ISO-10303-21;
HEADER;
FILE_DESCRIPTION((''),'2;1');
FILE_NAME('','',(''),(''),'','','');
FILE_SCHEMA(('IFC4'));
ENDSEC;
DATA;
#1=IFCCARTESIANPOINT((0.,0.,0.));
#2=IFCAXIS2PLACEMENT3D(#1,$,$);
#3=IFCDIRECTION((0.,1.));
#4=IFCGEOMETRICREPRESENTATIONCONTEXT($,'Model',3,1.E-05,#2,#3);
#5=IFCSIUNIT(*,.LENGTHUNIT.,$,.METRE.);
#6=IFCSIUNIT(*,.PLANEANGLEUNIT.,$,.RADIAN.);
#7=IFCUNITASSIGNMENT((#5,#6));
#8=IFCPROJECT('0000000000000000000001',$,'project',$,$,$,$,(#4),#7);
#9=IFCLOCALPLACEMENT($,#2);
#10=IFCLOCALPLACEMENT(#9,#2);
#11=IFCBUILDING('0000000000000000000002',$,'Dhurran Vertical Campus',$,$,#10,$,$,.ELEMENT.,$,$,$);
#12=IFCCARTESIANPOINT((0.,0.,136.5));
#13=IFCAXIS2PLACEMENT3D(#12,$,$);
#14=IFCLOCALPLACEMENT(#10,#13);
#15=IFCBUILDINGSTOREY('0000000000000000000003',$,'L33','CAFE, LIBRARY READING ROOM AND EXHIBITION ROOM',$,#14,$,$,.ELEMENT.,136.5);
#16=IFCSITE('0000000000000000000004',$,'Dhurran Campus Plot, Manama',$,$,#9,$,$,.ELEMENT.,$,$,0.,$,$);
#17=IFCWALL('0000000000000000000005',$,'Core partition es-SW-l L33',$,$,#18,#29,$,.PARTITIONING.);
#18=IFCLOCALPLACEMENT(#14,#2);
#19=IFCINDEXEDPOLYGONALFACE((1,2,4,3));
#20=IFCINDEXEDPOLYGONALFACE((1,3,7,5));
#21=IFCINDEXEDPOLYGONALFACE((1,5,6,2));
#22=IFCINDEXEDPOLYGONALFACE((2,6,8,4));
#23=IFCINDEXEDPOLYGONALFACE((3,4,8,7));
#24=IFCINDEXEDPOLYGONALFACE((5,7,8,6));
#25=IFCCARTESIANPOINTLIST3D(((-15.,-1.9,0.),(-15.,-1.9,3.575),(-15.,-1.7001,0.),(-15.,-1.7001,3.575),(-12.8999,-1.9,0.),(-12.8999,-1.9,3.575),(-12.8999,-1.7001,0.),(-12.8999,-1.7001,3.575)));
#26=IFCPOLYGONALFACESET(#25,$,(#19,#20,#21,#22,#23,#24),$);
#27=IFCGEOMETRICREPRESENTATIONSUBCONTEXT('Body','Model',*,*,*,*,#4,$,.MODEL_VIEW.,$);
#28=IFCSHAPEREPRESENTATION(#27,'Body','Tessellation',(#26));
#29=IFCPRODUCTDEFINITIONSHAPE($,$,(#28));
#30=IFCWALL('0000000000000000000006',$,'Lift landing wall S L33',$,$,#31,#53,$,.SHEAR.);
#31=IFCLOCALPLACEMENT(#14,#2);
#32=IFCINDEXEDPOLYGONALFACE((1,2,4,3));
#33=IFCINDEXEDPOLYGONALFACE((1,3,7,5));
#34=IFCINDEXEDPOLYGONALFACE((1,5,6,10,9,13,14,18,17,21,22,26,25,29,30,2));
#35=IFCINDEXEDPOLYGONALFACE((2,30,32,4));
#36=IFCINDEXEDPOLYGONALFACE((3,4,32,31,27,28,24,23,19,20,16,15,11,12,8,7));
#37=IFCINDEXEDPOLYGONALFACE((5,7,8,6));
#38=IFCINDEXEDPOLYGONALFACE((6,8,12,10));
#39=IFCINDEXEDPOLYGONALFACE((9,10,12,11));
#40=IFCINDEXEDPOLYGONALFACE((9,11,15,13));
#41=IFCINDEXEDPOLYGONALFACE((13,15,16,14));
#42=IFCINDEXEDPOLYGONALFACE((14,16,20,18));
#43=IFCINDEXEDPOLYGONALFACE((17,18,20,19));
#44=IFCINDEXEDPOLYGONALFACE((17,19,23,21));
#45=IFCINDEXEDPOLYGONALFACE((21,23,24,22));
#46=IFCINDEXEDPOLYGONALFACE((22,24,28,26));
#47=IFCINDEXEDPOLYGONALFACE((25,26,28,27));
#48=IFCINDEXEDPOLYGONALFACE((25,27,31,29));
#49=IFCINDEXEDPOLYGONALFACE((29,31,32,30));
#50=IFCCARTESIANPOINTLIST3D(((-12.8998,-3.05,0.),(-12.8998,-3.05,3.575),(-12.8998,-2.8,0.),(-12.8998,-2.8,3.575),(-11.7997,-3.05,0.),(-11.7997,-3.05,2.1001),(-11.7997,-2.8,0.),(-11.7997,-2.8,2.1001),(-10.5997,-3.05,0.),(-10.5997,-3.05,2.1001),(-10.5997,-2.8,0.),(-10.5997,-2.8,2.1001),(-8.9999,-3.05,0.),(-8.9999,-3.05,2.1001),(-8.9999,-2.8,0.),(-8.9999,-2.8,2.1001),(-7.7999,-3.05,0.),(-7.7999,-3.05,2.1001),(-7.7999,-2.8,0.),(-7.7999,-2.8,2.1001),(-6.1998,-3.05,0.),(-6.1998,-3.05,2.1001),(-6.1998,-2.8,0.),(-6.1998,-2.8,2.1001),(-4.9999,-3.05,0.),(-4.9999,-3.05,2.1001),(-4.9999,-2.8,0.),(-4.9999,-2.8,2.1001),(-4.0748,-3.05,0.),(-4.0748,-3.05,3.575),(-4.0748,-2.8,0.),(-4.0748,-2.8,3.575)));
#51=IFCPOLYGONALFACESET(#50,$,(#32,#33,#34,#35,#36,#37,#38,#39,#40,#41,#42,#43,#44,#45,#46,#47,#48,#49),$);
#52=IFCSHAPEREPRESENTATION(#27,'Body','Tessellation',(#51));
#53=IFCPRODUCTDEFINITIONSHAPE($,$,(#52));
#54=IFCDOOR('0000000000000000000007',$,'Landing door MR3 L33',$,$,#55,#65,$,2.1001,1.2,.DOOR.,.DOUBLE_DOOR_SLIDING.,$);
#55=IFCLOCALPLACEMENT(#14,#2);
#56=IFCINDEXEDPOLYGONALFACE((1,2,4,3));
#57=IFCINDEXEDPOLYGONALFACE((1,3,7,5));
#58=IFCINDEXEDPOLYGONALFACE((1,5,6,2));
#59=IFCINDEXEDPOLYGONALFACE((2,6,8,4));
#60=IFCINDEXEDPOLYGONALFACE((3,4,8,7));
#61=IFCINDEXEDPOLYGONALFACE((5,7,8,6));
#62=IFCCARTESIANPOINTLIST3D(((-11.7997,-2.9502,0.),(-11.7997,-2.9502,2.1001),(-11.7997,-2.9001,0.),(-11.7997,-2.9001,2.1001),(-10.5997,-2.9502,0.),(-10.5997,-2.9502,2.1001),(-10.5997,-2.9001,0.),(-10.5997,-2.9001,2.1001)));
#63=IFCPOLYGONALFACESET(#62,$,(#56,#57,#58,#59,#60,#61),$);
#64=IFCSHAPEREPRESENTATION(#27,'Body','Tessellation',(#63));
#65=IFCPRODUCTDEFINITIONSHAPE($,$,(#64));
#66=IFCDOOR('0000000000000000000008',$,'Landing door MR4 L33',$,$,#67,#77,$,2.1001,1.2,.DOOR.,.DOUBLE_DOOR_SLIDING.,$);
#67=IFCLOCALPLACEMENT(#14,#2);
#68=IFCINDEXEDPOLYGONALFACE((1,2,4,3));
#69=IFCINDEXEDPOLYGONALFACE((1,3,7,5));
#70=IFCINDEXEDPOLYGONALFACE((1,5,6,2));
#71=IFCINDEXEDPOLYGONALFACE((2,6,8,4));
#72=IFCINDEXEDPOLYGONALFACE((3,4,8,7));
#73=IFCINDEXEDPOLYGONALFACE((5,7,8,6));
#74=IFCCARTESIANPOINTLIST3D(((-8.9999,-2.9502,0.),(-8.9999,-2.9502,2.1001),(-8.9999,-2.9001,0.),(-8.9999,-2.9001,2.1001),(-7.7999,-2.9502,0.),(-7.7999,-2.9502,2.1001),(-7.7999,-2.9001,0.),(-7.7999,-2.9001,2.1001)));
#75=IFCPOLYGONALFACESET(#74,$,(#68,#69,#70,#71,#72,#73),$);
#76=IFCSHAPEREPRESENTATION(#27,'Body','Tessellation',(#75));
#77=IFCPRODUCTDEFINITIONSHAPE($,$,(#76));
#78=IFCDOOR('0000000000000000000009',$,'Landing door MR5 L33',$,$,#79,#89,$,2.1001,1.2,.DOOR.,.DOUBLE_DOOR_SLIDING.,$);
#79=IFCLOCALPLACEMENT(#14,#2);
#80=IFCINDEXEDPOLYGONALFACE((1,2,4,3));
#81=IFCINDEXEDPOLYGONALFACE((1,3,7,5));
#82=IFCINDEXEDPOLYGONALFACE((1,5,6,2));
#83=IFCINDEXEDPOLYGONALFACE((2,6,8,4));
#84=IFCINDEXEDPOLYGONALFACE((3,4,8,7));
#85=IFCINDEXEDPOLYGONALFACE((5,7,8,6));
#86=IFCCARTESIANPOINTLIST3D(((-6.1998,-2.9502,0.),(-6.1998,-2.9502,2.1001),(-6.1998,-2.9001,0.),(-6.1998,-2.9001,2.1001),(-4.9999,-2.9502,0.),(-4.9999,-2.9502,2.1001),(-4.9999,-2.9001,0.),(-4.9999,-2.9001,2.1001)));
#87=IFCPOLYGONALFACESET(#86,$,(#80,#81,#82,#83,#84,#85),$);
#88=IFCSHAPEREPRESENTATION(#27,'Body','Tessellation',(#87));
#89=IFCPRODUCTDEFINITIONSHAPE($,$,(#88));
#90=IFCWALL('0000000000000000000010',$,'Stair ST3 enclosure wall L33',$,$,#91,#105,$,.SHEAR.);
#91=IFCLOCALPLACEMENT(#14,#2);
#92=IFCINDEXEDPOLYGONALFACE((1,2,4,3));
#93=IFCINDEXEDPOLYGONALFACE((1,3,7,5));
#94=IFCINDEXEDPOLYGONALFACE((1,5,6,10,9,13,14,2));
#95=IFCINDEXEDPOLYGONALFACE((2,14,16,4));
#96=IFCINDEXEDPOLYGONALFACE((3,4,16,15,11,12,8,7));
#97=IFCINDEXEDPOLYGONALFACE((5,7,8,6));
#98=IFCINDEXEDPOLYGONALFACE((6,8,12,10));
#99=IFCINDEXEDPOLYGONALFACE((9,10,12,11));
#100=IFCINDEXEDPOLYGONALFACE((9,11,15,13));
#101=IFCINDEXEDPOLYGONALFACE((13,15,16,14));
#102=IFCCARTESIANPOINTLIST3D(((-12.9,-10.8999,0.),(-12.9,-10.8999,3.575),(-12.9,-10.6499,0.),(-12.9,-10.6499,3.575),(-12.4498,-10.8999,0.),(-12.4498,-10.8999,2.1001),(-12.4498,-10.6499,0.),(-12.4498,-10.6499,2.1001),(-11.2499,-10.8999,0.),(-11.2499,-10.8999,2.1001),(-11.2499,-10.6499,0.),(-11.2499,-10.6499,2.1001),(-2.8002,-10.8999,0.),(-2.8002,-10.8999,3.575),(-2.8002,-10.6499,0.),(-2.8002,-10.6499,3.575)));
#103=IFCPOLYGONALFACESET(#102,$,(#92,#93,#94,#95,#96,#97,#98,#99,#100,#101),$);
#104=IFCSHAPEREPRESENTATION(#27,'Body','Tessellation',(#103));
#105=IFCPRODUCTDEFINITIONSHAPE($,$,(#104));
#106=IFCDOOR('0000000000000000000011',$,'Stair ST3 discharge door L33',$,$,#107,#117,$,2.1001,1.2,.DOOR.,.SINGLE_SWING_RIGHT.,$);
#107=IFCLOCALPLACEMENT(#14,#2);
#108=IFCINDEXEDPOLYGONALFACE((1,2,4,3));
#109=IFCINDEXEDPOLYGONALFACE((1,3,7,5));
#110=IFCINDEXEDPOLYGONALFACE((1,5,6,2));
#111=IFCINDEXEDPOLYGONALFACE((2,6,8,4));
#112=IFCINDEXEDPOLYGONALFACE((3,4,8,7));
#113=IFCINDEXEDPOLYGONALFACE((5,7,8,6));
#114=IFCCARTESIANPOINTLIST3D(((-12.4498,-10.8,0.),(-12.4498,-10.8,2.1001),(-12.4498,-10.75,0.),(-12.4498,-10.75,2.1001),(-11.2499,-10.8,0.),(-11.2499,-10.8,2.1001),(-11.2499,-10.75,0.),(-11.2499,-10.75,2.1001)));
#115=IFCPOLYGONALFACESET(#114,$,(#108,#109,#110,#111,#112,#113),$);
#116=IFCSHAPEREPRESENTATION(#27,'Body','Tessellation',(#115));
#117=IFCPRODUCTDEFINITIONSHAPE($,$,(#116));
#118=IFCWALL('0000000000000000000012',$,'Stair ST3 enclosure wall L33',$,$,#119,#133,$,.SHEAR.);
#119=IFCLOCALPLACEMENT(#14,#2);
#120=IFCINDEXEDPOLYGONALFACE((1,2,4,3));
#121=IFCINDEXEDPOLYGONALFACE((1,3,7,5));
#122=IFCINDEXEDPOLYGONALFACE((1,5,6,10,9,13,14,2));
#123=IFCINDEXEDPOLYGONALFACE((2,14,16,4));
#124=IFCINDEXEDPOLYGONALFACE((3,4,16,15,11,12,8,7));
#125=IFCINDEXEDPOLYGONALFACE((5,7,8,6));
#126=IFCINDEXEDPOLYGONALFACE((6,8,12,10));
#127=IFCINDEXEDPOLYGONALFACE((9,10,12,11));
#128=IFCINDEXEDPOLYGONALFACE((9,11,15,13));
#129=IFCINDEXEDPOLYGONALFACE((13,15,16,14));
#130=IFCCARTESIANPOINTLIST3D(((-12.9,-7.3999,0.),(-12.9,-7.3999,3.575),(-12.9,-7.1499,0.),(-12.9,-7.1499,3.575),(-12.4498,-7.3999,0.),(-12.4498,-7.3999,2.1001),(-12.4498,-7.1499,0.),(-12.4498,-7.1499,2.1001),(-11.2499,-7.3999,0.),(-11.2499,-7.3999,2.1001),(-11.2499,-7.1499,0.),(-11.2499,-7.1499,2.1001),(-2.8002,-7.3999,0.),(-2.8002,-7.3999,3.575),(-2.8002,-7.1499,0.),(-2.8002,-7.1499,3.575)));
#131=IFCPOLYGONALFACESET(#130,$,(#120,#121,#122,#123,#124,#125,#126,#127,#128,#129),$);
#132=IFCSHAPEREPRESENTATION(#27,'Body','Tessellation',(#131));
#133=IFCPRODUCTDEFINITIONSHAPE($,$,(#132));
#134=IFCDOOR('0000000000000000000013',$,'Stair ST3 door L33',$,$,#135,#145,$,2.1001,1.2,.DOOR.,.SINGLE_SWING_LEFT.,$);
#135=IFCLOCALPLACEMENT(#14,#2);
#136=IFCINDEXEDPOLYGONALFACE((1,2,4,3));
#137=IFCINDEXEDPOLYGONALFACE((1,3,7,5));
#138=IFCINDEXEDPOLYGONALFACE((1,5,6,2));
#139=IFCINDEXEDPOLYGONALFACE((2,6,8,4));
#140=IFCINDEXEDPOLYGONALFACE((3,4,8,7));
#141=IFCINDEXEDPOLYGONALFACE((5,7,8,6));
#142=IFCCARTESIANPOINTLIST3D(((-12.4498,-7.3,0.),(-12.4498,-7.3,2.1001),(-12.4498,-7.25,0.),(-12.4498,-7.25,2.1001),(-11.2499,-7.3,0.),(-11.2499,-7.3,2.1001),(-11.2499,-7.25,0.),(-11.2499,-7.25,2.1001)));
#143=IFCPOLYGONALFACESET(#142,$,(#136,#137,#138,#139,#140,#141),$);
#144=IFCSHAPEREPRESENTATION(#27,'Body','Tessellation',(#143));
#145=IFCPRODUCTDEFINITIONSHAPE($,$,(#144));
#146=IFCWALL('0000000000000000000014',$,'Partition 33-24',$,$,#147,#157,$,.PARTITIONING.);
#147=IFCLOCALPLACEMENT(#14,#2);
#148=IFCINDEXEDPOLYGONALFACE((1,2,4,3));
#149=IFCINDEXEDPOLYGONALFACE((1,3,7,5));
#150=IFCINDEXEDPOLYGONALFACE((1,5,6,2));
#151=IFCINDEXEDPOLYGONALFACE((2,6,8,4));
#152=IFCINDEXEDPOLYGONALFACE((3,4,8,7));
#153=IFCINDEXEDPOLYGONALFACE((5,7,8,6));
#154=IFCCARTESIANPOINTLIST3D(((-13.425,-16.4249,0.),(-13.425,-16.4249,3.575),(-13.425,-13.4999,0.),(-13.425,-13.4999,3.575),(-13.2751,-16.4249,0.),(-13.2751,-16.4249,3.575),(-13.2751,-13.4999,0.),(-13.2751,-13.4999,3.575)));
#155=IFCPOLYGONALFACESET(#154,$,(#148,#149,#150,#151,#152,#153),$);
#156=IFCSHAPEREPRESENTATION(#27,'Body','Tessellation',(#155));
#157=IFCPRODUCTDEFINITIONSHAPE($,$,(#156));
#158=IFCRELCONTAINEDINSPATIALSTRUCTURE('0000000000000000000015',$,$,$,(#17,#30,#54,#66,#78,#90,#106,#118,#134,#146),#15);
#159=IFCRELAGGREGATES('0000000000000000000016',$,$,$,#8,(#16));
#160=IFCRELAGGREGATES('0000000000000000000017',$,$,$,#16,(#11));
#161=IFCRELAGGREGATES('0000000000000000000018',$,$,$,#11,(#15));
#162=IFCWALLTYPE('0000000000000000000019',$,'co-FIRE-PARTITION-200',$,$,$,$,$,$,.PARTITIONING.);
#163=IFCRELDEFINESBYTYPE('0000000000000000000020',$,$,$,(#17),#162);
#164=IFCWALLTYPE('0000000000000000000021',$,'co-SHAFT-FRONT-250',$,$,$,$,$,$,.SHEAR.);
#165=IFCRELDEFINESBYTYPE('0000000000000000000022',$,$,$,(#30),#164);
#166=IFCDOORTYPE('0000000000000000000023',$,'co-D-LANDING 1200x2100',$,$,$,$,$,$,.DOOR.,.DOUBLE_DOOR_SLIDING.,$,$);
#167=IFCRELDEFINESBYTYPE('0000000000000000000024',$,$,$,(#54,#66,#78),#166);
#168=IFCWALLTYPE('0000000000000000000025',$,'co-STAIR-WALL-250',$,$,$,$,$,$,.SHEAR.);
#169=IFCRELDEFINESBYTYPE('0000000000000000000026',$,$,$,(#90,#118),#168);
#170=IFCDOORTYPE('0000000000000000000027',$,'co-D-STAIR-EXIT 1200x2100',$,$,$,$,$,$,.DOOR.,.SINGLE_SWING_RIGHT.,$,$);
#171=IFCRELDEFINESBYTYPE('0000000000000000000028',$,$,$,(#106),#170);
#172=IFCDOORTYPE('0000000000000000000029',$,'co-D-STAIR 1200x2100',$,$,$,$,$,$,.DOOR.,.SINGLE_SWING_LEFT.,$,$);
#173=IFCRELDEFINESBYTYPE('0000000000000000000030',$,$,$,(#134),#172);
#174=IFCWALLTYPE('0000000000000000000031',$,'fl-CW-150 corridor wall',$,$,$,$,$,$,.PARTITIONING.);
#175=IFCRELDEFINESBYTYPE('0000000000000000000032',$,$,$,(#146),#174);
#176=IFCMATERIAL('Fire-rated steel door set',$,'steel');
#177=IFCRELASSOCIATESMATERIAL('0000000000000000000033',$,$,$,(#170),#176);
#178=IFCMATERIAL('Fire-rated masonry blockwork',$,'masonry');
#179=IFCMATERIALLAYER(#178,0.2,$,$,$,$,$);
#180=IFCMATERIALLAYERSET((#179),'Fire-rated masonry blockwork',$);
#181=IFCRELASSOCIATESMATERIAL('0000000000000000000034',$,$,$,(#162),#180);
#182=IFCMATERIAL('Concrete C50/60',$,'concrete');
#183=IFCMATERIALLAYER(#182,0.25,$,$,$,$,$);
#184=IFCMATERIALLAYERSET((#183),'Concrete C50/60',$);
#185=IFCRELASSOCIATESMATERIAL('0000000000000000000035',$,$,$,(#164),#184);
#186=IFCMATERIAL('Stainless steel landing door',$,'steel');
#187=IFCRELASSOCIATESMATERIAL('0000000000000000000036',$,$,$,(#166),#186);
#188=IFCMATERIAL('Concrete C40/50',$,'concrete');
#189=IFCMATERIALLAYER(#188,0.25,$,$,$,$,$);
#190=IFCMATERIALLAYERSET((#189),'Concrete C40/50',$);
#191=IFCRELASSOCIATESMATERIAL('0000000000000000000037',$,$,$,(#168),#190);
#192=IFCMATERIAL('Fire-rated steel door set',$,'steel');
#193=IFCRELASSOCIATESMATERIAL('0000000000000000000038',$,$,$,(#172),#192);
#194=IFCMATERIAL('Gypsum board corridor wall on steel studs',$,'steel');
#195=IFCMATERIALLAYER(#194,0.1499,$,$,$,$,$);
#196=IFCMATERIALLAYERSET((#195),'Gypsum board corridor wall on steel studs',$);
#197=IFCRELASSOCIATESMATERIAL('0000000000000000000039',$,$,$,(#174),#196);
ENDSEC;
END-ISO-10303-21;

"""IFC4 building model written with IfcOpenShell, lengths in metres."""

from ifc_helpers import new_model, si_unit, direction, frame, frame_2d, origin, place, context, subcontext, project, spatial, rectangle, extrude, material, layer, layer_set, type_object, element, fill, save


model = new_model("IFC4")

# Units and contexts
model_context = context("Model", 3, precision=1e-05, world=origin(), true_north=direction((0.0, 1.0)))
body_context = subcontext(model_context, "Body", "Model", "MODEL_VIEW")
ifc_project = project(units=[si_unit("LENGTHUNIT", "METRE"), si_unit("PLANEANGLEUNIT", "RADIAN")], contexts=[model_context])

# Site, building, storey
site_placement = place(None, origin())
site = spatial("IfcSite", under=ifc_project, at=site_placement, Name="Dhurran Campus Plot, Manama", CompositionType="ELEMENT", RefElevation=0.0)
building_placement = place(site_placement, origin())
building = spatial("IfcBuilding", under=site, at=building_placement, Name="Dhurran Vertical Campus", CompositionType="ELEMENT")
storey_placement = place(building_placement, frame((0.0, 0.0, 136.5)))
storey = spatial("IfcBuildingStorey", under=building, at=storey_placement, Name="L33", Description="CAFE, LIBRARY READING ROOM AND EXHIBITION ROOM", CompositionType="ELEMENT", Elevation=136.5)

# Shared definitions
ifc_material_1 = material(Name="Fire-rated steel door set", Category="steel")
door_type_1 = type_object("IfcDoorType", Name="co-D-STAIR-EXIT 1200x2100", OperationType="SINGLE_SWING_RIGHT", PredefinedType="DOOR", material=ifc_material_1)

# Shared definitions
ifc_material_2 = material(Name="Fire-rated masonry blockwork", Category="masonry")
ifc_layer_1 = layer(ifc_material_2, 0.2)
ifc_layer_set_1 = layer_set([ifc_layer_1], Name="Fire-rated masonry blockwork")
wall_type_1 = type_object("IfcWallType", Name="co-FIRE-PARTITION-200", PredefinedType="PARTITIONING", material=ifc_layer_set_1)

# Wall
wall_1_placement = place(storey_placement, frame((-15.0, -1.8, 0.0), z_axis=(0.0, 0.0, 1.0), x_axis=(1.0, 0.0, 0.0)))
element("IfcWall", 1, at=wall_1_placement, inside=storey, type_object=wall_type_1, Name="Core partition es-SW-l L33", PredefinedType="PARTITIONING", context=body_context, shape_type="SweptSolid", body=[
    extrude(rectangle(XDim=2.1001, YDim=0.2, at=frame_2d((1.05, 0.0))), origin(), (0.0, 0.0, 1.0), 3.575),
])

# Wall, openings, doors
ifc_material_3 = material(Name="Concrete C50/60", Category="concrete")
ifc_layer_2 = layer(ifc_material_3, 0.25)
ifc_layer_set_2 = layer_set([ifc_layer_2], Name="Concrete C50/60")
wall_type_2 = type_object("IfcWallType", Name="co-SHAFT-FRONT-250", PredefinedType="SHEAR", material=ifc_layer_set_2)
wall_2_placement = place(storey_placement, frame((-12.8999, -2.925, 0.0), z_axis=(0.0, 0.0, 1.0), x_axis=(1.0, 0.0, 0.0)))
wall_2 = element("IfcWall", 2, at=wall_2_placement, inside=storey, type_object=wall_type_2, Name="Lift landing wall S L33", PredefinedType="SHEAR", context=body_context, shape_type="SweptSolid", body=[
    extrude(rectangle(XDim=8.825, YDim=0.25, at=frame_2d((4.4126, 0.0))), origin(), (0.0, 0.0, 1.0), 3.575),
])
opening_1_placement = place(wall_2_placement, frame((1.1001, 0.0, 0.0)))
opening_1 = element("IfcOpeningElement", 3, at=opening_1_placement, cuts=wall_2, PredefinedType="OPENING", context=body_context, shape_type="SweptSolid", body=[
    extrude(rectangle(XDim=1.2, YDim=2.1001, at=frame_2d((0.6001, 1.05))), frame((0.0, 0.135, 0.0), z_axis=(0.0, -1.0, 0.0), x_axis=(1.0, 0.0, 0.0)), (0.0, 0.0, 1.0), 0.27),
])
opening_2_placement = place(wall_2_placement, frame((3.8999, 0.0, 0.0)))
opening_2 = element("IfcOpeningElement", 4, at=opening_2_placement, cuts=wall_2, PredefinedType="OPENING", context=body_context, shape_type="SweptSolid", body=[
    extrude(rectangle(XDim=1.2, YDim=2.1001, at=frame_2d((0.6001, 1.05))), frame((0.0, 0.135, 0.0), z_axis=(0.0, -1.0, 0.0), x_axis=(1.0, 0.0, 0.0)), (0.0, 0.0, 1.0), 0.27),
])
opening_3_placement = place(wall_2_placement, frame((6.7, 0.0, 0.0)))
opening_3 = element("IfcOpeningElement", 5, at=opening_3_placement, cuts=wall_2, PredefinedType="OPENING", context=body_context, shape_type="SweptSolid", body=[
    extrude(rectangle(XDim=1.2, YDim=2.1001, at=frame_2d((0.6001, 1.05))), frame((0.0, 0.135, 0.0), z_axis=(0.0, -1.0, 0.0), x_axis=(1.0, 0.0, 0.0)), (0.0, 0.0, 1.0), 0.27),
])
ifc_material_4 = material(Name="Stainless steel landing door", Category="steel")
door_type_2 = type_object("IfcDoorType", Name="co-D-LANDING 1200x2100", OperationType="DOUBLE_DOOR_SLIDING", PredefinedType="DOOR", material=ifc_material_4)
door_1_placement = place(opening_1_placement, origin())
door_1 = element("IfcDoor", 6, at=door_1_placement, inside=storey, type_object=door_type_2, Name="Landing door MR3 L33", OperationType="DOUBLE_DOOR_SLIDING", OverallHeight=2.1001, OverallWidth=1.2, PredefinedType="DOOR", context=body_context, shape_type="SweptSolid", body=[
    extrude(rectangle(XDim=1.2, YDim=2.1001, at=frame_2d((0.6001, 1.05))), frame((0.0, 0.0249, 0.0), z_axis=(0.0, -1.0, 0.0), x_axis=(1.0, 0.0, 0.0)), (0.0, 0.0, 1.0), 0.05),
])
fill(opening_1, door_1)
door_2_placement = place(opening_2_placement, origin())
door_2 = element("IfcDoor", 7, at=door_2_placement, inside=storey, type_object=door_type_2, Name="Landing door MR4 L33", OperationType="DOUBLE_DOOR_SLIDING", OverallHeight=2.1001, OverallWidth=1.2, PredefinedType="DOOR", context=body_context, shape_type="SweptSolid", body=[
    extrude(rectangle(XDim=1.2, YDim=2.1001, at=frame_2d((0.6001, 1.05))), frame((0.0, 0.0249, 0.0), z_axis=(0.0, -1.0, 0.0), x_axis=(1.0, 0.0, 0.0)), (0.0, 0.0, 1.0), 0.05),
])
fill(opening_2, door_2)
door_3_placement = place(opening_3_placement, origin())
door_3 = element("IfcDoor", 8, at=door_3_placement, inside=storey, type_object=door_type_2, Name="Landing door MR5 L33", OperationType="DOUBLE_DOOR_SLIDING", OverallHeight=2.1001, OverallWidth=1.2, PredefinedType="DOOR", context=body_context, shape_type="SweptSolid", body=[
    extrude(rectangle(XDim=1.2, YDim=2.1001, at=frame_2d((0.6001, 1.05))), frame((0.0, 0.0249, 0.0), z_axis=(0.0, -1.0, 0.0), x_axis=(1.0, 0.0, 0.0)), (0.0, 0.0, 1.0), 0.05),
])
fill(opening_3, door_3)

# Walls, openings, doors
ifc_material_5 = material(Name="Concrete C40/50", Category="concrete")
ifc_layer_3 = layer(ifc_material_5, 0.25)
ifc_layer_set_3 = layer_set([ifc_layer_3], Name="Concrete C40/50")
wall_type_3 = type_object("IfcWallType", Name="co-STAIR-WALL-250", PredefinedType="SHEAR", material=ifc_layer_set_3)
wall_3_placement = place(storey_placement, frame((-12.8999, -10.7749, 0.0), z_axis=(0.0, 0.0, 1.0), x_axis=(1.0, 0.0, 0.0)))
wall_3 = element("IfcWall", 9, at=wall_3_placement, inside=storey, type_object=wall_type_3, Name="Stair ST3 enclosure wall L33", PredefinedType="SHEAR", context=body_context, shape_type="SweptSolid", body=[
    extrude(rectangle(XDim=10.0999, YDim=0.25, at=frame_2d((5.0498, 0.0))), origin(), (0.0, 0.0, 1.0), 3.575),
])
opening_4_placement = place(wall_3_placement, frame((0.45, 0.0, 0.0)))
opening_4 = element("IfcOpeningElement", 10, at=opening_4_placement, cuts=wall_3, PredefinedType="OPENING", context=body_context, shape_type="SweptSolid", body=[
    extrude(rectangle(XDim=1.2, YDim=2.1001, at=frame_2d((0.6001, 1.05))), frame((0.0, 0.135, 0.0), z_axis=(0.0, -1.0, 0.0), x_axis=(1.0, 0.0, 0.0)), (0.0, 0.0, 1.0), 0.27),
])
door_4_placement = place(opening_4_placement, origin())
door_4 = element("IfcDoor", 11, at=door_4_placement, inside=storey, type_object=door_type_1, Name="Stair ST3 discharge door L33", OperationType="SINGLE_SWING_RIGHT", OverallHeight=2.1001, OverallWidth=1.2, PredefinedType="DOOR", context=body_context, shape_type="SweptSolid", body=[
    extrude(rectangle(XDim=1.2, YDim=2.1001, at=frame_2d((0.6001, 1.05))), frame((0.0, 0.0249, 0.0), z_axis=(0.0, -1.0, 0.0), x_axis=(1.0, 0.0, 0.0)), (0.0, 0.0, 1.0), 0.05),
])
fill(opening_4, door_4)
wall_4_placement = place(storey_placement, frame((-12.8999, -7.2749, 0.0), z_axis=(0.0, 0.0, 1.0), x_axis=(1.0, 0.0, 0.0)))
wall_4 = element("IfcWall", 12, at=wall_4_placement, inside=storey, type_object=wall_type_3, Name="Stair ST3 enclosure wall L33", PredefinedType="SHEAR", context=body_context, shape_type="SweptSolid", body=[
    extrude(rectangle(XDim=10.0999, YDim=0.25, at=frame_2d((5.0498, 0.0))), origin(), (0.0, 0.0, 1.0), 3.575),
])
opening_5_placement = place(wall_4_placement, frame((0.45, 0.0, 0.0)))
opening_5 = element("IfcOpeningElement", 13, at=opening_5_placement, cuts=wall_4, PredefinedType="OPENING", context=body_context, shape_type="SweptSolid", body=[
    extrude(rectangle(XDim=1.2, YDim=2.1001, at=frame_2d((0.6001, 1.05))), frame((0.0, 0.135, 0.0), z_axis=(0.0, -1.0, 0.0), x_axis=(1.0, 0.0, 0.0)), (0.0, 0.0, 1.0), 0.27),
])
ifc_material_6 = material(Name="Fire-rated steel door set", Category="steel")
door_type_3 = type_object("IfcDoorType", Name="co-D-STAIR 1200x2100", OperationType="SINGLE_SWING_LEFT", PredefinedType="DOOR", material=ifc_material_6)
door_5_placement = place(opening_5_placement, origin())
door_5 = element("IfcDoor", 14, at=door_5_placement, inside=storey, type_object=door_type_3, Name="Stair ST3 door L33", OperationType="SINGLE_SWING_LEFT", OverallHeight=2.1001, OverallWidth=1.2, PredefinedType="DOOR", context=body_context, shape_type="SweptSolid", body=[
    extrude(rectangle(XDim=1.2, YDim=2.1001, at=frame_2d((0.6001, 1.05))), frame((0.0, 0.0249, 0.0), z_axis=(0.0, -1.0, 0.0), x_axis=(1.0, 0.0, 0.0)), (0.0, 0.0, 1.0), 0.05),
])
fill(opening_5, door_5)

# Wall
ifc_material_7 = material(Name="Gypsum board corridor wall on steel studs", Category="steel")
ifc_layer_4 = layer(ifc_material_7, 0.1499)
ifc_layer_set_4 = layer_set([ifc_layer_4], Name="Gypsum board corridor wall on steel studs")
wall_type_4 = type_object("IfcWallType", Name="fl-CW-150 corridor wall", PredefinedType="PARTITIONING", material=ifc_layer_set_4)
wall_5_placement = place(storey_placement, frame((-13.3501, -13.5, 0.0), z_axis=(0.0, 0.0, 1.0), x_axis=(0.0, -1.0, 0.0)))
element("IfcWall", 15, at=wall_5_placement, inside=storey, type_object=wall_type_4, Name="Partition 33-24", PredefinedType="PARTITIONING", context=body_context, shape_type="SweptSolid", body=[
    extrude(rectangle(XDim=2.925, YDim=0.1499, at=frame_2d((1.4624, 0.0))), origin(), (0.0, 0.0, 1.0), 3.575),
])

save(model, "model.ifc")
